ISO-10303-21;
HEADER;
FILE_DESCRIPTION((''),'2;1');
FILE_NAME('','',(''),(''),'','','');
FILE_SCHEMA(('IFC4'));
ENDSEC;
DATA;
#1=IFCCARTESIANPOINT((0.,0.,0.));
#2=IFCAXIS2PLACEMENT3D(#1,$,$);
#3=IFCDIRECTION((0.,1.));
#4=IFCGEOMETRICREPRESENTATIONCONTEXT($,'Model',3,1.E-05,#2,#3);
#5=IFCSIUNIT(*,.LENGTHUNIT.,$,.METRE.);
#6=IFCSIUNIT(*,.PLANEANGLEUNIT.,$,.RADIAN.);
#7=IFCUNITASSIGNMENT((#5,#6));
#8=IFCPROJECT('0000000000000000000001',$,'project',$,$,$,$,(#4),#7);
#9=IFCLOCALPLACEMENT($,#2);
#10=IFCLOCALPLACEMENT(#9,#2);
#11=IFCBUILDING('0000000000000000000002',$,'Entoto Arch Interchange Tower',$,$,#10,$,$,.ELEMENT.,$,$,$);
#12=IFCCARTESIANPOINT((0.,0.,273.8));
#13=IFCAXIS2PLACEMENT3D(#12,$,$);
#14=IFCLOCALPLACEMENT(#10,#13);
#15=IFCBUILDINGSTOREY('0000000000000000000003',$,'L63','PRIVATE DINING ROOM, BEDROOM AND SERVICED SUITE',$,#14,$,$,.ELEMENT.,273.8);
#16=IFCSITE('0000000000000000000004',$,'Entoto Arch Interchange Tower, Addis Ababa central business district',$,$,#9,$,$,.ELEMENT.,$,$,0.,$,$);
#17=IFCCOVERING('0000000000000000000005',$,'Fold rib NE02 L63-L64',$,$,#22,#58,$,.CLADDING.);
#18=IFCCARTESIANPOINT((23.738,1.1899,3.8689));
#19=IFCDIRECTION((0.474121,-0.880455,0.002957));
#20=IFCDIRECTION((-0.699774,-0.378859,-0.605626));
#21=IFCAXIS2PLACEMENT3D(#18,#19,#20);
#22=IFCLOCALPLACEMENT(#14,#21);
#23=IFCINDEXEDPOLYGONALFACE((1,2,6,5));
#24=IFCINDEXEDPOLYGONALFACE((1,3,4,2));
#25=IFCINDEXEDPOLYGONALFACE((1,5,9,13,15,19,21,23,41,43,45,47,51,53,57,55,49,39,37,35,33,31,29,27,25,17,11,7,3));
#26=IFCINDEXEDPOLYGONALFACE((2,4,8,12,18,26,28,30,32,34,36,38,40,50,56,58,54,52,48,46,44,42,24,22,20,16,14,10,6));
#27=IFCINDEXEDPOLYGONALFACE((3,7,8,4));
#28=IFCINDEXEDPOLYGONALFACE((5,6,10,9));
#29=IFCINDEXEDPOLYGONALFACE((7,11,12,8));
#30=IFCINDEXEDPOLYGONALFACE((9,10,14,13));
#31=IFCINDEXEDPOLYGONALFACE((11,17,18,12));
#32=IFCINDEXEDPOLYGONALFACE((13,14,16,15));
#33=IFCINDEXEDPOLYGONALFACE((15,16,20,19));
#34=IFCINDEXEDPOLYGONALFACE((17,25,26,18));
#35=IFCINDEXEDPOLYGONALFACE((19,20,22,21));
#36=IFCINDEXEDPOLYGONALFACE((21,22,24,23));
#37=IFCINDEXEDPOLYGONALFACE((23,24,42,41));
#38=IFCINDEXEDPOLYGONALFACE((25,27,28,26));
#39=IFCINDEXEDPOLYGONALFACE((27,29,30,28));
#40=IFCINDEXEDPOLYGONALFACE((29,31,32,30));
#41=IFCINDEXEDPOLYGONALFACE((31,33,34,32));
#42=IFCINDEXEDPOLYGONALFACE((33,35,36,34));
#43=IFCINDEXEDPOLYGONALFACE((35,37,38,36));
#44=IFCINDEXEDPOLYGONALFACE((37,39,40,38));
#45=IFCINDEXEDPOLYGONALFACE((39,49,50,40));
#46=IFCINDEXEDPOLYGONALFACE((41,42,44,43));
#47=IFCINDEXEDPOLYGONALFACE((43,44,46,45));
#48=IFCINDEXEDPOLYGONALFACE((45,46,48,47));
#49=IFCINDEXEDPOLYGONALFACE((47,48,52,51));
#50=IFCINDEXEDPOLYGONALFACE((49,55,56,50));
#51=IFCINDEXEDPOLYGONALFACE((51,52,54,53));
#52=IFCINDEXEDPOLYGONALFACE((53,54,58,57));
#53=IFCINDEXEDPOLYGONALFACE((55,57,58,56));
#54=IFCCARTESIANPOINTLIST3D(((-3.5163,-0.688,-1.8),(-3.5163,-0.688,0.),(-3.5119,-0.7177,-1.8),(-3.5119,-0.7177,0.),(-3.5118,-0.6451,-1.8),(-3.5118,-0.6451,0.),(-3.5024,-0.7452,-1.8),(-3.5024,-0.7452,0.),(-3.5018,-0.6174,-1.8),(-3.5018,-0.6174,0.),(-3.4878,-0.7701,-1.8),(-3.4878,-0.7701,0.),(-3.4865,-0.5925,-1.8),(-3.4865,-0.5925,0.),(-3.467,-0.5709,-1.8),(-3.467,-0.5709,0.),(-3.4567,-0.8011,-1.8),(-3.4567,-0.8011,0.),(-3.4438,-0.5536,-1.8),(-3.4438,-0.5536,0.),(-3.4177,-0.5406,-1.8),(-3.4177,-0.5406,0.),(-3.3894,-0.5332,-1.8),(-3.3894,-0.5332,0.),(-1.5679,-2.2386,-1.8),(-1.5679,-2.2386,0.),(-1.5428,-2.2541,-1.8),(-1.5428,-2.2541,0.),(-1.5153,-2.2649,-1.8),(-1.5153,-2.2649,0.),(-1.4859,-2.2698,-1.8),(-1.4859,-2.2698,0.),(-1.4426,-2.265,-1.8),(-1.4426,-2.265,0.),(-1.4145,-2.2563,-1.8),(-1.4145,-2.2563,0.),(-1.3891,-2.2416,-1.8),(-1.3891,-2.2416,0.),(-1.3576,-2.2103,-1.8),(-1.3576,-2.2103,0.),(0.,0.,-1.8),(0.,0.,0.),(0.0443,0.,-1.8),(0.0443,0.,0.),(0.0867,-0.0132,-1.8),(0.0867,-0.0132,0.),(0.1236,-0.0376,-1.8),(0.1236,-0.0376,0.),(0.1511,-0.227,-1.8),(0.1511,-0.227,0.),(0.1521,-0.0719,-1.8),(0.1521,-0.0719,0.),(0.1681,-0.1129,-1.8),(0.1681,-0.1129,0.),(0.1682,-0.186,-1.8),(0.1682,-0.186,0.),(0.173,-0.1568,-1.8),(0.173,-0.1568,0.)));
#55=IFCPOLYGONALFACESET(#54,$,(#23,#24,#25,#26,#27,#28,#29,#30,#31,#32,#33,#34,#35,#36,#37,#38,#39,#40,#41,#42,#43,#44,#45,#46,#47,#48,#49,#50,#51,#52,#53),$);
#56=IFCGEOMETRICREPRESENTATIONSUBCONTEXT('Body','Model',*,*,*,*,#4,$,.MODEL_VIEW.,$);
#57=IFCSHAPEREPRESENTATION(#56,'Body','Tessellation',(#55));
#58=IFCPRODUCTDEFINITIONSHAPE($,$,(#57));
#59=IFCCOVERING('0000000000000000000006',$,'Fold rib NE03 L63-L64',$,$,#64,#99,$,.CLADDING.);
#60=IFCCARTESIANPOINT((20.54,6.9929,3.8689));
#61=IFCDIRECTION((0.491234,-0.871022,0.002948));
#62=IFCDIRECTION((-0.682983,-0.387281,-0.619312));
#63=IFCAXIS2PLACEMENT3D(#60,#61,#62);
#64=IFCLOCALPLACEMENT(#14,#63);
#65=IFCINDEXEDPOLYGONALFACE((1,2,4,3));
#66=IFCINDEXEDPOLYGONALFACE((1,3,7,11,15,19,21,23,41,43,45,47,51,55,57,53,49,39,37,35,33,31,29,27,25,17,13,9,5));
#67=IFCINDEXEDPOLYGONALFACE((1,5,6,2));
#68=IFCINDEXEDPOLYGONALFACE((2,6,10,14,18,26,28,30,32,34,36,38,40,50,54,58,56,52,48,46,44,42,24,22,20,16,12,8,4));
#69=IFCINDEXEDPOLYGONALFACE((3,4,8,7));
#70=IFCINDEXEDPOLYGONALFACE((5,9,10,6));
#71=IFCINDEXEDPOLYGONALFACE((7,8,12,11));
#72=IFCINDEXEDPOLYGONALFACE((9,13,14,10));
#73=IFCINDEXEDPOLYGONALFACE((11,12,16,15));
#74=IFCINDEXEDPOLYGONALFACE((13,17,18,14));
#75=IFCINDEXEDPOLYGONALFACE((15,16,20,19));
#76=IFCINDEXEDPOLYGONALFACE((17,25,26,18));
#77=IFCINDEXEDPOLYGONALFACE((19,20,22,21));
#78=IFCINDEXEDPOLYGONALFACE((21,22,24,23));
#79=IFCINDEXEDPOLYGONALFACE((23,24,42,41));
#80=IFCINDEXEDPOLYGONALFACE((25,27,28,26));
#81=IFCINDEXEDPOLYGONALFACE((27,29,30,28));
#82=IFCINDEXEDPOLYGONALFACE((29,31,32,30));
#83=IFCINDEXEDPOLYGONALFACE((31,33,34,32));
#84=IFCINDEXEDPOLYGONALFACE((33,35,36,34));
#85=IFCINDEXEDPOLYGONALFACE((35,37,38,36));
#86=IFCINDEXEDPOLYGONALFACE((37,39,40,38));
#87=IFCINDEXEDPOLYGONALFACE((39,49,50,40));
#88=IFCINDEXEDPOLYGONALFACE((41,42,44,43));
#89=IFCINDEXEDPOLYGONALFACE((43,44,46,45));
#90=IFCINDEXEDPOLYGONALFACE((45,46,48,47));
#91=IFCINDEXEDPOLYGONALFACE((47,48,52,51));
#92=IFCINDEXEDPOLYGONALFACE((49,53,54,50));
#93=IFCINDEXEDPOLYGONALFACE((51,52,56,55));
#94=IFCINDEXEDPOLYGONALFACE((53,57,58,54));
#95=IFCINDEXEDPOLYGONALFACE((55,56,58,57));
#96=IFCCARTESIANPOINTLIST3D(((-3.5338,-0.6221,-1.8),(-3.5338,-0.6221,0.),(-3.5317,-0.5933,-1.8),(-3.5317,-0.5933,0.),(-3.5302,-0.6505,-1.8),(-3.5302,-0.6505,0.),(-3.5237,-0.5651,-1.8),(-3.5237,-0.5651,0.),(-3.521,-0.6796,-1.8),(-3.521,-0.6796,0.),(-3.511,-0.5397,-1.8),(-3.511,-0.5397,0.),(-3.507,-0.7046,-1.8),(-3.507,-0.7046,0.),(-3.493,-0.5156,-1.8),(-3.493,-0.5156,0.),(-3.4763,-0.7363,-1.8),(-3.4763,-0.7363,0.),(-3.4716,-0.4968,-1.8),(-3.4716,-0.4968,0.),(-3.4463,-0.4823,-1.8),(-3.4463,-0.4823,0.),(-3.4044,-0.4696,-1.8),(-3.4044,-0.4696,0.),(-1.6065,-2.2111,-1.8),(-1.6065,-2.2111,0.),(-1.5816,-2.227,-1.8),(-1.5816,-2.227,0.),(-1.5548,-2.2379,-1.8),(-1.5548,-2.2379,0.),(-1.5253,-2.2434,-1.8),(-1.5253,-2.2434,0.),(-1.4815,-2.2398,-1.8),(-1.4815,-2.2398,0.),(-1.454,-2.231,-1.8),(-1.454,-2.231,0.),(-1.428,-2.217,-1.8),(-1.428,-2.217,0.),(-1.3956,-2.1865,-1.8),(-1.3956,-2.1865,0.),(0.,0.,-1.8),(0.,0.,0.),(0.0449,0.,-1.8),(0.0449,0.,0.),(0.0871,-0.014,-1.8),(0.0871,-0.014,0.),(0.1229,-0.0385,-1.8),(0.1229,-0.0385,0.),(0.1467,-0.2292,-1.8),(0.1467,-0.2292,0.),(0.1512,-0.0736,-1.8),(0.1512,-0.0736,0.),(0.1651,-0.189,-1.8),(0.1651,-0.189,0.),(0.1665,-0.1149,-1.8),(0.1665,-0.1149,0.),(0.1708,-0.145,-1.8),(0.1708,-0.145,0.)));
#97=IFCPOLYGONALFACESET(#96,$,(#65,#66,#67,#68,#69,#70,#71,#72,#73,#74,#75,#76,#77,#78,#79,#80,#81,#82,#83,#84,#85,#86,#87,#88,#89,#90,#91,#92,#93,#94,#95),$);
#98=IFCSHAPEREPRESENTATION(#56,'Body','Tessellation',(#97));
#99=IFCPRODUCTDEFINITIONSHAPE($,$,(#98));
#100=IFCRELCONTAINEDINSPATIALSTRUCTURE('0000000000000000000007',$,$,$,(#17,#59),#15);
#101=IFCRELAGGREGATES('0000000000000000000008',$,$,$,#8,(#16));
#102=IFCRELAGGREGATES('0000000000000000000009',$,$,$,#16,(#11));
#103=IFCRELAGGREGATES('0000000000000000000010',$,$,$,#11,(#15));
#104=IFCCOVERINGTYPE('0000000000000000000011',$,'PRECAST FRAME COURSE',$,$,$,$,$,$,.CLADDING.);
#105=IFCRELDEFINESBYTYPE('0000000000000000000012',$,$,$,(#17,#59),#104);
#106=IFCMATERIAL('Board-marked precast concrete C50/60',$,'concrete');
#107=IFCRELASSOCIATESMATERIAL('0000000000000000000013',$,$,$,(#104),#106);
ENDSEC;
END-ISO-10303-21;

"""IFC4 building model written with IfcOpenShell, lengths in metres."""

from ifc_helpers import new_model, si_unit, direction, frame, origin, place, context, subcontext, project, spatial, polyline, outline, extrude, material, type_object, element, save


model = new_model("IFC4")

# Units and contexts
model_context = context("Model", 3, precision=1e-05, world=origin(), true_north=direction((0.0, 1.0)))
body_context = subcontext(model_context, "Body", "Model", "MODEL_VIEW")
ifc_project = project(units=[si_unit("LENGTHUNIT", "METRE"), si_unit("PLANEANGLEUNIT", "RADIAN")], contexts=[model_context])

# Site, building, storey
site_placement = place(None, origin())
site = spatial("IfcSite", under=ifc_project, at=site_placement, Name="Entoto Arch Interchange Tower, Addis Ababa central business district", CompositionType="ELEMENT", RefElevation=0.0)
building_placement = place(site_placement, origin())
building = spatial("IfcBuilding", under=site, at=building_placement, Name="Entoto Arch Interchange Tower", CompositionType="ELEMENT")
storey_placement = place(building_placement, frame((0.0, 0.0, 273.8)))
storey = spatial("IfcBuildingStorey", under=building, at=storey_placement, Name="L63", Description="PRIVATE DINING ROOM, BEDROOM AND SERVICED SUITE", CompositionType="ELEMENT", Elevation=273.8)

# Shared definitions
ifc_material_1 = material(Name="Board-marked precast concrete C50/60", Category="concrete")

# Coverings
covering_type = type_object("IfcCoveringType", Name="PRECAST FRAME COURSE", PredefinedType="CLADDING", material=ifc_material_1)
covering_1_placement = place(storey_placement, frame((23.738, 1.1899, 3.8689), z_axis=(0.474121, -0.880455, 0.002957), x_axis=(-0.699774, -0.378859, -0.605626)))
element("IfcCovering", 1, at=covering_1_placement, inside=storey, type_object=covering_type, Name="Fold rib NE02 L63-L64", PredefinedType="CLADDING", context=body_context, shape_type="SweptSolid", body=[
    extrude(outline(polyline([(0.0, 0.0), (0.0443, 0.0), (0.0867, -0.0132), (0.1236, -0.0376), (0.1521, -0.0719), (0.1681, -0.1129), (0.173, -0.1568), (0.1682, -0.186), (0.1511, -0.227), (-1.3576, -2.2103), (-1.3891, -2.2416), (-1.4145, -2.2563), (-1.4426, -2.265), (-1.4859, -2.2698), (-1.5153, -2.2649), (-1.5428, -2.2541), (-1.5679, -2.2386), (-3.4567, -0.8011), (-3.4878, -0.7701), (-3.5024, -0.7452), (-3.5119, -0.7177), (-3.5163, -0.688), (-3.5118, -0.6451), (-3.5018, -0.6174), (-3.4865, -0.5925), (-3.467, -0.5709), (-3.4438, -0.5536), (-3.4177, -0.5406), (-3.3894, -0.5332), (0.0, 0.0)])), origin(), (0.0, 0.0, -1.0), 1.8),
])
covering_2_placement = place(storey_placement, frame((20.54, 6.9929, 3.8689), z_axis=(0.491234, -0.871022, 0.002948), x_axis=(-0.682983, -0.387281, -0.619312)))
element("IfcCovering", 2, at=covering_2_placement, inside=storey, type_object=covering_type, Name="Fold rib NE03 L63-L64", PredefinedType="CLADDING", context=body_context, shape_type="SweptSolid", body=[
    extrude(outline(polyline([(0.0, 0.0), (0.0449, 0.0), (0.0871, -0.014), (0.1229, -0.0385), (0.1512, -0.0736), (0.1665, -0.1149), (0.1708, -0.145), (0.1651, -0.189), (0.1467, -0.2292), (-1.3956, -2.1865), (-1.428, -2.217), (-1.454, -2.231), (-1.4815, -2.2398), (-1.5253, -2.2434), (-1.5548, -2.2379), (-1.5816, -2.227), (-1.6065, -2.2111), (-3.4763, -0.7363), (-3.507, -0.7046), (-3.521, -0.6796), (-3.5302, -0.6505), (-3.5338, -0.6221), (-3.5317, -0.5933), (-3.5237, -0.5651), (-3.511, -0.5397), (-3.493, -0.5156), (-3.4716, -0.4968), (-3.4463, -0.4823), (-3.4044, -0.4696), (0.0, 0.0)])), origin(), (0.0, 0.0, -1.0), 1.8),
])

save(model, "model.ifc")
